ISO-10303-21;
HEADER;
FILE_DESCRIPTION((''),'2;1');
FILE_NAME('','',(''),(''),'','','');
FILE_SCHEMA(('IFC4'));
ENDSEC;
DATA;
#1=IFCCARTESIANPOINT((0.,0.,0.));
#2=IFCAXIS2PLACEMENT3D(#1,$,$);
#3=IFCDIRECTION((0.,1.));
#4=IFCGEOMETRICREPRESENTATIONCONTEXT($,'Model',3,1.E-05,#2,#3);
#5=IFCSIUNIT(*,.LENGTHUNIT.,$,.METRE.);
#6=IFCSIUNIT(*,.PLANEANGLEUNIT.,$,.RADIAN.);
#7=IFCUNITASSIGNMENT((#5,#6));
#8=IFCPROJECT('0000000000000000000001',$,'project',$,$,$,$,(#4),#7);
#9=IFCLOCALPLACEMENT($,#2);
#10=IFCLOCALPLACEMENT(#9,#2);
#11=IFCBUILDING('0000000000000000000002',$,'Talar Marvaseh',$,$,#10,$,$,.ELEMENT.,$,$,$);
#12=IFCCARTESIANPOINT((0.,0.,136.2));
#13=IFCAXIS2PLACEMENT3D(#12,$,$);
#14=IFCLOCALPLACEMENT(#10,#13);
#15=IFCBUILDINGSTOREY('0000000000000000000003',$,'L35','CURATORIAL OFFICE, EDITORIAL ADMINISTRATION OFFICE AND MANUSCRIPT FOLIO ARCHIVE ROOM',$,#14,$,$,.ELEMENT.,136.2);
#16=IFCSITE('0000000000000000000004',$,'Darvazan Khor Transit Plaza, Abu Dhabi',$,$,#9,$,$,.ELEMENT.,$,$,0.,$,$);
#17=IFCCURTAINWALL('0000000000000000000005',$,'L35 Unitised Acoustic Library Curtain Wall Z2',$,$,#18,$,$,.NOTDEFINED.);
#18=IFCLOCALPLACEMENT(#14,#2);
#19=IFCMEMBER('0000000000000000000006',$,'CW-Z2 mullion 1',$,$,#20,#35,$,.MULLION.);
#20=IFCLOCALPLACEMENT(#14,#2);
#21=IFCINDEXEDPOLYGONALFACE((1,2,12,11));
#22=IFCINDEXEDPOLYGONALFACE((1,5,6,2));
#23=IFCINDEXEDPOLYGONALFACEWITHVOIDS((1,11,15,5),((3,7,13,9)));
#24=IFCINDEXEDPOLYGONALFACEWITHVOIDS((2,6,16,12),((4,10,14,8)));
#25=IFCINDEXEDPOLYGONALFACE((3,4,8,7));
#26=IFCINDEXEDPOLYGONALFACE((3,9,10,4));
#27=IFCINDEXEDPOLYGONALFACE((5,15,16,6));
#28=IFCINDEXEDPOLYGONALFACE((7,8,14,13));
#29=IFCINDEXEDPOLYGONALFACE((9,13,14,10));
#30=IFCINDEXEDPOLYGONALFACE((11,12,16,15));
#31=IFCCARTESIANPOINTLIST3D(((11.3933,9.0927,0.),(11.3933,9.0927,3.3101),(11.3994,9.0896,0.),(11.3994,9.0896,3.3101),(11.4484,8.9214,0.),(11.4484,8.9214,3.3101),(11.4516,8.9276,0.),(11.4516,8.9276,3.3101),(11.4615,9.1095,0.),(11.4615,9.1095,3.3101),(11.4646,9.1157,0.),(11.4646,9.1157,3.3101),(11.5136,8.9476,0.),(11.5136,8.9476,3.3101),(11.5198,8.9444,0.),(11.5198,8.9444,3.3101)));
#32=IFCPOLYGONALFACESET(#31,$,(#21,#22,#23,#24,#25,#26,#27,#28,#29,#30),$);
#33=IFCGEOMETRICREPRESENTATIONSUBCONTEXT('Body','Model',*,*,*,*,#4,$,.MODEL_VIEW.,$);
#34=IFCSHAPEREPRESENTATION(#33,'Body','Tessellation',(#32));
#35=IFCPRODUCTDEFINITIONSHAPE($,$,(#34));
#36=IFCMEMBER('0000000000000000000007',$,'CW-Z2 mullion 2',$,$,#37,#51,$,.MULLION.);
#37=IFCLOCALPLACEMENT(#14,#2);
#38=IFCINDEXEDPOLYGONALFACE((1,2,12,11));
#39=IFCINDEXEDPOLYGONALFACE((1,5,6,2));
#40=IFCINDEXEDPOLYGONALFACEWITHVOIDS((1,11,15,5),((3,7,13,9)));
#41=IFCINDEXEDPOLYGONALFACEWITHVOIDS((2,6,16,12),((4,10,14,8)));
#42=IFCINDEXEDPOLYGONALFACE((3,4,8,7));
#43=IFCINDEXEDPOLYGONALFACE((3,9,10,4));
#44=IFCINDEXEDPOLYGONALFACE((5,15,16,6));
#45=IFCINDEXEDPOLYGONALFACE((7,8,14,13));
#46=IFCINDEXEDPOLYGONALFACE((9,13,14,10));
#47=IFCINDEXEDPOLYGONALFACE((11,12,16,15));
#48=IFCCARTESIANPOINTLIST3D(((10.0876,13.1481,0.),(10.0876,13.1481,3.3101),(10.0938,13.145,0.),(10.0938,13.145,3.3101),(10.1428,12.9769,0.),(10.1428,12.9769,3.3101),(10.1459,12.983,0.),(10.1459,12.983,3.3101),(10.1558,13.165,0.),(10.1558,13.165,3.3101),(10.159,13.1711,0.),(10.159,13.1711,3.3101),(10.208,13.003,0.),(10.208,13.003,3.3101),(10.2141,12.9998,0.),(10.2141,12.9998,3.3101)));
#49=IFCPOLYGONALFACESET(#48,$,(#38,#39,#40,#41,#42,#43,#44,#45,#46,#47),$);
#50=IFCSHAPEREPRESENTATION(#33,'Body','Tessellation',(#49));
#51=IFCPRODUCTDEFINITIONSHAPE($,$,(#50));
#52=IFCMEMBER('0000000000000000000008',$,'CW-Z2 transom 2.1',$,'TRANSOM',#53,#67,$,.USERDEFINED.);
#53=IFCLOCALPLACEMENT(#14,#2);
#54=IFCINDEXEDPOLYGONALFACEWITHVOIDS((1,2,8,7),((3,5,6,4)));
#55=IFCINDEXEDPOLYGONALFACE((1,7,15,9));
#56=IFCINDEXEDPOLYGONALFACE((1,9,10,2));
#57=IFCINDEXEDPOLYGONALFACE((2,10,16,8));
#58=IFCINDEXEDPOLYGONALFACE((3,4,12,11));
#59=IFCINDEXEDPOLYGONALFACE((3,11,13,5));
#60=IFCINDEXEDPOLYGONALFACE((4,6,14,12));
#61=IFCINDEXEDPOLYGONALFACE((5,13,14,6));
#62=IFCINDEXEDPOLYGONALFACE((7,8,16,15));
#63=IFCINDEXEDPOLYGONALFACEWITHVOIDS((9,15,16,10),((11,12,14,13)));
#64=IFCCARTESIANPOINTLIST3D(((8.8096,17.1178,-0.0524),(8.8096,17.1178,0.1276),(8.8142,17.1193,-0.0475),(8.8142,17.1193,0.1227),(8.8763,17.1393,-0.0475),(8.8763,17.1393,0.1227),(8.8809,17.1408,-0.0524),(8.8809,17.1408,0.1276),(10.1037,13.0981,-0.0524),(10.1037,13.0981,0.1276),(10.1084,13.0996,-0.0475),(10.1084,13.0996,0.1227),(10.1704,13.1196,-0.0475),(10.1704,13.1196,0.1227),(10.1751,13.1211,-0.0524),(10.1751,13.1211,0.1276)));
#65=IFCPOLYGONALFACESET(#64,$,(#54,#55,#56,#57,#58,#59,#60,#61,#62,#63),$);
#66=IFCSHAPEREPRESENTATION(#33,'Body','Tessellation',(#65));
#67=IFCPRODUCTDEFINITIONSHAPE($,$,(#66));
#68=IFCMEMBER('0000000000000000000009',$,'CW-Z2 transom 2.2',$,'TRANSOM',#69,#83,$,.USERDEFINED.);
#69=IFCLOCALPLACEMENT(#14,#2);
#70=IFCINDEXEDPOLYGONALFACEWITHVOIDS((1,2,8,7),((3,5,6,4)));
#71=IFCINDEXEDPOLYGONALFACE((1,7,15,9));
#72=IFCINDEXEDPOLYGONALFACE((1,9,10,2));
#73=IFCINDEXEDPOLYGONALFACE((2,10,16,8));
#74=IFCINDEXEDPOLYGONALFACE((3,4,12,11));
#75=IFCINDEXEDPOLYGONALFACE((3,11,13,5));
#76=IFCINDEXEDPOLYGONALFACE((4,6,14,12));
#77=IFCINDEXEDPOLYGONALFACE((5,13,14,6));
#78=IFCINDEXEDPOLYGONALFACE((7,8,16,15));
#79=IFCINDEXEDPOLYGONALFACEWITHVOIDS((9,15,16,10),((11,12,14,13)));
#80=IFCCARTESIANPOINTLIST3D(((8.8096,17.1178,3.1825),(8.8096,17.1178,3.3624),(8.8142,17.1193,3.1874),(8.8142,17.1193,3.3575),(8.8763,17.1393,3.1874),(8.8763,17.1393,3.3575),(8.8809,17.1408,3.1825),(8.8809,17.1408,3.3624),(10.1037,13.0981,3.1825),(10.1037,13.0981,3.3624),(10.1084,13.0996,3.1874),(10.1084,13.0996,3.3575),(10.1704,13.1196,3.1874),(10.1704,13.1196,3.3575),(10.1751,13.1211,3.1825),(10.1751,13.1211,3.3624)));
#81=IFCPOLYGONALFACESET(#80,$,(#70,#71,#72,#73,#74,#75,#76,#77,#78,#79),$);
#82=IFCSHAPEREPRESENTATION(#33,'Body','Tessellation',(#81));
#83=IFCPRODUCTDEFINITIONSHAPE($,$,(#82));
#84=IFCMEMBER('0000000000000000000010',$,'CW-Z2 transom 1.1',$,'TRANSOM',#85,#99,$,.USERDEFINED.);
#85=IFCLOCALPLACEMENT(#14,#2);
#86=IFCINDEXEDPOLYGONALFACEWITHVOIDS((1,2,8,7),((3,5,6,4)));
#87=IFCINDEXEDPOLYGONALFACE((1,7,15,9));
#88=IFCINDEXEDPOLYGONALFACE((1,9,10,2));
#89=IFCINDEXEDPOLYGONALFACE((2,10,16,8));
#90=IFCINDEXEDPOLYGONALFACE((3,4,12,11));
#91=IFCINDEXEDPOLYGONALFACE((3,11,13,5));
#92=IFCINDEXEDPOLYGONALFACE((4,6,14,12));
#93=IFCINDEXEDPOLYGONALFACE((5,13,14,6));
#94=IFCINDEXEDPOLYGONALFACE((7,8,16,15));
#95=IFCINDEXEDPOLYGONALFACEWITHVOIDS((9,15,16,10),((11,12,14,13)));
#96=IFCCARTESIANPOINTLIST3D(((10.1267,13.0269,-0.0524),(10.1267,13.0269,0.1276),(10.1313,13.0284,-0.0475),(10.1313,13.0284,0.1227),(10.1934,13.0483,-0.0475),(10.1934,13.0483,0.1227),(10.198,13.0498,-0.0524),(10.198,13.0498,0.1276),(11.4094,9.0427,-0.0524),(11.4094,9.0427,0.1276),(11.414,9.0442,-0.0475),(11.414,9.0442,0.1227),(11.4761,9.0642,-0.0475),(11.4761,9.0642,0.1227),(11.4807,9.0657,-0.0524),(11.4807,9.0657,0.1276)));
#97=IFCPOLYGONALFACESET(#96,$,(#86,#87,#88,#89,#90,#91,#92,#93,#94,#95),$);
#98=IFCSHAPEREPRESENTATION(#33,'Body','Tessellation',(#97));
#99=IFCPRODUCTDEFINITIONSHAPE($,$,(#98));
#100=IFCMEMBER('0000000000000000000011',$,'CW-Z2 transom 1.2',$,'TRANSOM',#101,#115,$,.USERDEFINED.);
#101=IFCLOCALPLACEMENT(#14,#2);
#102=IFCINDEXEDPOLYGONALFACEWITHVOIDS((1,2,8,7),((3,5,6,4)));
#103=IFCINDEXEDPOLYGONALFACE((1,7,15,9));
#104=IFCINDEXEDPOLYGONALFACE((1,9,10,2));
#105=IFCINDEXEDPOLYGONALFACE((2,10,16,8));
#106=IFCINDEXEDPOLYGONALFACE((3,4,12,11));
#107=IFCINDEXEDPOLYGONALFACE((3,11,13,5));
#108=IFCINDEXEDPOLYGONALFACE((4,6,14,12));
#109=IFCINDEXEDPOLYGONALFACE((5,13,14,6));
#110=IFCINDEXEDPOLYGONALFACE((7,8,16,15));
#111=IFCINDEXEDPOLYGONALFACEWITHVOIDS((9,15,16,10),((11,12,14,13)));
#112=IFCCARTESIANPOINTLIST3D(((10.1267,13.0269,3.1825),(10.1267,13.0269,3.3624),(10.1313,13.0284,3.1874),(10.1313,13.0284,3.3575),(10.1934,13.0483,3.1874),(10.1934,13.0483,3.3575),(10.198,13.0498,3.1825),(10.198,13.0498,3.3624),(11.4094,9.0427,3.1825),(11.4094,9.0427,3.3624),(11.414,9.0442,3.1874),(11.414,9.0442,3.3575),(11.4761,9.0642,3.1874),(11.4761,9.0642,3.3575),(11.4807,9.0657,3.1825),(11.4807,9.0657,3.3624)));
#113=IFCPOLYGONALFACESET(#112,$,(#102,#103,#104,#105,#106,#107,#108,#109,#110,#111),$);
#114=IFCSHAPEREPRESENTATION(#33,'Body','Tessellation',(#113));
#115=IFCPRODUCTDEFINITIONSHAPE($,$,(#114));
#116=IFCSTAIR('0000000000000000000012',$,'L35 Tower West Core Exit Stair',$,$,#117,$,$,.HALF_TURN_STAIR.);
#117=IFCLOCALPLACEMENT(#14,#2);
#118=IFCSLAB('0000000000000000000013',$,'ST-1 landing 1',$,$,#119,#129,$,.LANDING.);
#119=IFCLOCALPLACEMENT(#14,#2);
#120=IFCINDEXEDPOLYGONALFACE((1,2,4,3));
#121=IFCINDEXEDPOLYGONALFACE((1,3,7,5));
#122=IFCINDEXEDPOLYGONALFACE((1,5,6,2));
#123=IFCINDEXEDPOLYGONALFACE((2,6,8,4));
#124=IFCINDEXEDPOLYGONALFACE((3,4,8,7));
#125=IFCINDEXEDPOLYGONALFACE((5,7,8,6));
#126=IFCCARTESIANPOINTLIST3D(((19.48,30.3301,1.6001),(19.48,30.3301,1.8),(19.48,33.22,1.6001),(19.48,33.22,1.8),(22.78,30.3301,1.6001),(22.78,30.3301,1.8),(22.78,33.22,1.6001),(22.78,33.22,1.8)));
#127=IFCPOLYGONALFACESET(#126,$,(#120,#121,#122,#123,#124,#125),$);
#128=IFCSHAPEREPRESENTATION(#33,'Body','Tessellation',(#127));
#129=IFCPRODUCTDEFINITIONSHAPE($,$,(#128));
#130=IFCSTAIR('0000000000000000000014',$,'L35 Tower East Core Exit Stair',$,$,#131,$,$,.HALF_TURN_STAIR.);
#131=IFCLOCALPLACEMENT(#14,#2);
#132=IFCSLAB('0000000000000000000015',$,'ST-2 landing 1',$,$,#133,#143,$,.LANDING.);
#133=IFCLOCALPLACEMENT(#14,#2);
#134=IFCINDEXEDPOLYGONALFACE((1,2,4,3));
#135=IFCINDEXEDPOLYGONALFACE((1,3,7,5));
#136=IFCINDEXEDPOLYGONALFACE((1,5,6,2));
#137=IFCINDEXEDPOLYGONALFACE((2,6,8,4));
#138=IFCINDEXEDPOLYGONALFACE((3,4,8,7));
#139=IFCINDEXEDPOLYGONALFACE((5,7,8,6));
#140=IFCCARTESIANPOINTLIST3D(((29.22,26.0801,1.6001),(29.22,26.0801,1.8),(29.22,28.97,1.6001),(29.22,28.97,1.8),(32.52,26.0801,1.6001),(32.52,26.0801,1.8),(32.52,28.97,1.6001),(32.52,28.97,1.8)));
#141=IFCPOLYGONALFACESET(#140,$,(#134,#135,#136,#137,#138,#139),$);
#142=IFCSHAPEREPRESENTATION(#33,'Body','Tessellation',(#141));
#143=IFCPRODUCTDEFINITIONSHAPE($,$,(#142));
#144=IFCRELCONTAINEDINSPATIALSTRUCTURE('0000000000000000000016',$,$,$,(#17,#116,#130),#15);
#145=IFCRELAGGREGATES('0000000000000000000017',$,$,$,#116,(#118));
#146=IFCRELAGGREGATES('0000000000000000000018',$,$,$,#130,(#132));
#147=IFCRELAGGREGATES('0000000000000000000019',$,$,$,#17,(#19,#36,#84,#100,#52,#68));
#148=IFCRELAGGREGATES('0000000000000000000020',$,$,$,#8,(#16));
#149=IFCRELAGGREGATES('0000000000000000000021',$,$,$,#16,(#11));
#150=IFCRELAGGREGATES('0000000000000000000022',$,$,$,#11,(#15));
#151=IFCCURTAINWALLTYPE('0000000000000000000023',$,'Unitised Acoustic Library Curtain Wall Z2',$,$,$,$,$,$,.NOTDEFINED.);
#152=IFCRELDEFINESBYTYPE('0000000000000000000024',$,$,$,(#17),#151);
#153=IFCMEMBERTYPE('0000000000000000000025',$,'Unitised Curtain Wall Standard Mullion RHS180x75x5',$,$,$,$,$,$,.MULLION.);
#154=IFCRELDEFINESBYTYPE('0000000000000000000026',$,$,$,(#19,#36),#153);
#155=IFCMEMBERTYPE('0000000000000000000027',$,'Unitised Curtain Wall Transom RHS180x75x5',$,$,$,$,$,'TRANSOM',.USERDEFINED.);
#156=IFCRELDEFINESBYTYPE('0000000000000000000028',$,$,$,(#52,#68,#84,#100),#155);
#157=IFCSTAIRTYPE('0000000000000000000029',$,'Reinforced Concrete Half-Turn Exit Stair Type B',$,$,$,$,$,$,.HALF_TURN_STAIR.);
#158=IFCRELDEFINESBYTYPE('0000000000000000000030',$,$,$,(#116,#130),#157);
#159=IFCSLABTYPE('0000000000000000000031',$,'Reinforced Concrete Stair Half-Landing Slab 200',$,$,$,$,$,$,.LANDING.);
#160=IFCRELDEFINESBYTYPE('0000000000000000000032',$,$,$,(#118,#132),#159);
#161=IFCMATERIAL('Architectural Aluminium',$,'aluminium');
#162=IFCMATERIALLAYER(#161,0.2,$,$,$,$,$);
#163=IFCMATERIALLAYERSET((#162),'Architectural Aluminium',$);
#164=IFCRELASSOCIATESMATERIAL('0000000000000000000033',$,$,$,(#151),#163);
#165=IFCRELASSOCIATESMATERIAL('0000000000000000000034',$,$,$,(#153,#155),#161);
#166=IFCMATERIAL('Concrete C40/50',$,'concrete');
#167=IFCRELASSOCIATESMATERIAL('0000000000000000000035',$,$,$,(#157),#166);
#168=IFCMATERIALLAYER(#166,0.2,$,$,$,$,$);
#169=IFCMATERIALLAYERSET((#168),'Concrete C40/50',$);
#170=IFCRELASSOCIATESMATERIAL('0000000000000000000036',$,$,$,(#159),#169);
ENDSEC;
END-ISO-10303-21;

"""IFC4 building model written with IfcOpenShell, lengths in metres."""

from ifc_helpers import new_model, si_unit, direction, frame, origin, origin_2d, place, context, subcontext, project, spatial, polyline, hollow_rectangle, outline, extrude, source, transform, mapped, material, layer, layer_set, material_profile, profile_set, type_object, type_shapes, element, aggregate, save


model = new_model("IFC4")

# Units and contexts
model_context = context("Model", 3, precision=1e-05, world=origin(), true_north=direction((0.0, 1.0)))
body_context = subcontext(model_context, "Body", "Model", "MODEL_VIEW")
ifc_project = project(units=[si_unit("LENGTHUNIT", "METRE"), si_unit("PLANEANGLEUNIT", "RADIAN")], contexts=[model_context])

# Site, building, storey
site_placement = place(None, origin())
site = spatial("IfcSite", under=ifc_project, at=site_placement, Name="Darvazan Khor Transit Plaza, Abu Dhabi", CompositionType="ELEMENT", RefElevation=0.0)
building_placement = place(site_placement, origin())
building = spatial("IfcBuilding", under=site, at=building_placement, Name="Talar Marvaseh", CompositionType="ELEMENT")
storey_placement = place(building_placement, frame((0.0, 0.0, 136.2)))
storey = spatial("IfcBuildingStorey", under=building, at=storey_placement, Name="L35", Description="CURATORIAL OFFICE, EDITORIAL ADMINISTRATION OFFICE AND MANUSCRIPT FOLIO ARCHIVE ROOM", CompositionType="ELEMENT", Elevation=136.2)

# Curtain wall, members
ifc_material_1 = material(Name="Architectural Aluminium", Category="aluminium")
ifc_layer_1 = layer(ifc_material_1, 0.2)
ifc_layer_set_1 = layer_set([ifc_layer_1], Name="Architectural Aluminium")
curtain_wall_type = type_object("IfcCurtainWallType", Name="Unitised Acoustic Library Curtain Wall Z2", PredefinedType="NOTDEFINED", material=ifc_layer_set_1)
curtain_wall_placement = place(storey_placement, origin())
curtain_wall = element("IfcCurtainWall", 1, at=curtain_wall_placement, inside=storey, type_object=curtain_wall_type, Name="L35 Unitised Acoustic Library Curtain Wall Z2", PredefinedType="NOTDEFINED")
ifc_material_profile_1 = material_profile(ifc_material_1, hollow_rectangle(XDim=0.075, YDim=0.1799, WallThickness=0.0049, at=origin_2d()), Name="RHS180x75x5")
ifc_profile_set_1 = profile_set([ifc_material_profile_1], Name="Architectural Aluminium")
member_type_1 = type_object("IfcMemberType", Name="Unitised Curtain Wall Standard Mullion RHS180x75x5", PredefinedType="MULLION", material=ifc_profile_set_1)
shared_shape_1 = source(origin(), body_context, "Body", "SweptSolid", [
    extrude(hollow_rectangle(XDim=0.075, YDim=0.1799, WallThickness=0.0049, at=origin_2d()), origin(), (0.0, 0.0, 1.0), 3.3101),
])
type_shapes(member_type_1, [shared_shape_1])
member_1_placement = place(storey_placement, frame((11.4565, 9.0186, 0.0), z_axis=(0.0, 0.0, 1.0), x_axis=(-0.951882, -0.306463, 0.0)))
member_1 = element("IfcMember", 2, at=member_1_placement, type_object=member_type_1, Name="CW-Z2 mullion 1", PredefinedType="MULLION", context=body_context, shape_type="MappedRepresentation", body=[
    mapped(shared_shape_1, transform((0.0, 0.0, 0.0), x_axis=(1.0, 0.0, 0.0), y_axis=(0.0, 1.0, 0.0), z_axis=(0.0, 0.0, 1.0), scale=1.0)),
])
member_2_placement = place(storey_placement, frame((10.1509, 13.074, 0.0), z_axis=(0.0, 0.0, 1.0), x_axis=(-0.951882, -0.306463, 0.0)))
member_2 = element("IfcMember", 3, at=member_2_placement, type_object=member_type_1, Name="CW-Z2 mullion 2", PredefinedType="MULLION", context=body_context, shape_type="MappedRepresentation", body=[
    mapped(shared_shape_1, transform((0.0, 0.0, 0.0), x_axis=(1.0, 0.0, 0.0), y_axis=(0.0, 1.0, 0.0), z_axis=(0.0, 0.0, 1.0), scale=1.0)),
])
ifc_material_profile_2 = material_profile(ifc_material_1, hollow_rectangle(XDim=0.075, YDim=0.1799, WallThickness=0.0049, at=origin_2d()), Name="RHS180x75x5")
ifc_profile_set_2 = profile_set([ifc_material_profile_2], Name="Architectural Aluminium")
member_type_2 = type_object("IfcMemberType", Name="Unitised Curtain Wall Transom RHS180x75x5", ElementType="TRANSOM", PredefinedType="USERDEFINED", material=ifc_profile_set_2)
shared_shape_2 = source(origin(), body_context, "Body", "SweptSolid", [
    extrude(hollow_rectangle(XDim=0.075, YDim=0.1799, WallThickness=0.0049, at=origin_2d()), origin(), (0.0, 0.0, 1.0), 4.2229),
])
member_3_placement = place(storey_placement, frame((10.1394, 13.1096, 0.0376), z_axis=(-0.306464, 0.951882, 0.0), x_axis=(-0.951882, -0.306464, 0.0)))
member_3 = element("IfcMember", 4, at=member_3_placement, type_object=member_type_2, Name="CW-Z2 transom 2.1", ObjectType="TRANSOM", PredefinedType="USERDEFINED", context=body_context, shape_type="MappedRepresentation", body=[
    mapped(shared_shape_2, transform((0.0, 0.0, 0.0), x_axis=(1.0, 0.0, 0.0), y_axis=(0.0, 1.0, 0.0), z_axis=(0.0, 0.0, 1.0), scale=1.0)),
])
member_4_placement = place(storey_placement, frame((10.1394, 13.1096, 3.2725), z_axis=(-0.306464, 0.951882, 0.0), x_axis=(-0.951882, -0.306464, 0.0)))
member_4 = element("IfcMember", 5, at=member_4_placement, type_object=member_type_2, Name="CW-Z2 transom 2.2", ObjectType="TRANSOM", PredefinedType="USERDEFINED", context=body_context, shape_type="MappedRepresentation", body=[
    mapped(shared_shape_2, transform((0.0, 0.0, 0.0), x_axis=(1.0, 0.0, 0.0), y_axis=(0.0, 1.0, 0.0), z_axis=(0.0, 0.0, 1.0), scale=1.0)),
])
shared_shape_3 = source(origin(), body_context, "Body", "SweptSolid", [
    extrude(hollow_rectangle(XDim=0.075, YDim=0.1799, WallThickness=0.0049, at=origin_2d()), origin(), (0.0, 0.0, 1.0), 4.1855),
])
type_shapes(member_type_2, [shared_shape_2, shared_shape_3])
member_5_placement = place(storey_placement, frame((11.4451, 9.0542, 0.0376), z_axis=(-0.306464, 0.951882, 0.0), x_axis=(-0.951882, -0.306464, 0.0)))
member_5 = element("IfcMember", 6, at=member_5_placement, type_object=member_type_2, Name="CW-Z2 transom 1.1", ObjectType="TRANSOM", PredefinedType="USERDEFINED", context=body_context, shape_type="MappedRepresentation", body=[
    mapped(shared_shape_3, transform((0.0, 0.0, 0.0), x_axis=(1.0, 0.0, 0.0), y_axis=(0.0, 1.0, 0.0), z_axis=(0.0, 0.0, 1.0), scale=1.0)),
])
member_6_placement = place(storey_placement, frame((11.4451, 9.0542, 3.2725), z_axis=(-0.306464, 0.951882, 0.0), x_axis=(-0.951882, -0.306464, 0.0)))
member_6 = element("IfcMember", 7, at=member_6_placement, type_object=member_type_2, Name="CW-Z2 transom 1.2", ObjectType="TRANSOM", PredefinedType="USERDEFINED", context=body_context, shape_type="MappedRepresentation", body=[
    mapped(shared_shape_3, transform((0.0, 0.0, 0.0), x_axis=(1.0, 0.0, 0.0), y_axis=(0.0, 1.0, 0.0), z_axis=(0.0, 0.0, 1.0), scale=1.0)),
])

# Stairs, slabs
ifc_material_2 = material(Name="Concrete C40/50", Category="concrete")
stair_type = type_object("IfcStairType", Name="Reinforced Concrete Half-Turn Exit Stair Type B", PredefinedType="HALF_TURN_STAIR", material=ifc_material_2)
stair_1_placement = place(storey_placement, origin())
stair_1 = element("IfcStair", 8, at=stair_1_placement, inside=storey, type_object=stair_type, Name="L35 Tower West Core Exit Stair", PredefinedType="HALF_TURN_STAIR")
ifc_layer_2 = layer(ifc_material_2, 0.2)
ifc_layer_set_2 = layer_set([ifc_layer_2], Name="Concrete C40/50")
slab_type_1 = type_object("IfcSlabType", Name="Reinforced Concrete Stair Half-Landing Slab 200", PredefinedType="LANDING", material=ifc_layer_set_2)
slab_1_placement = place(storey_placement, frame((0.0, 0.0, 1.6001)))
slab_1 = element("IfcSlab", 9, at=slab_1_placement, type_object=slab_type_1, Name="ST-1 landing 1", PredefinedType="LANDING", context=body_context, shape_type="SweptSolid", body=[
    extrude(outline(polyline([(22.78, 30.3301), (22.78, 33.22), (19.48, 33.22), (19.48, 30.3301), (22.78, 30.3301)])), origin(), (0.0, 0.0, 1.0), 0.2),
])
aggregate(stair_1, [slab_1])
stair_2_placement = place(storey_placement, origin())
stair_2 = element("IfcStair", 10, at=stair_2_placement, inside=storey, type_object=stair_type, Name="L35 Tower East Core Exit Stair", PredefinedType="HALF_TURN_STAIR")
slab_2_placement = place(storey_placement, frame((0.0, 0.0, 1.6001)))
slab_2 = element("IfcSlab", 11, at=slab_2_placement, type_object=slab_type_1, Name="ST-2 landing 1", PredefinedType="LANDING", context=body_context, shape_type="SweptSolid", body=[
    extrude(outline(polyline([(29.22, 28.97), (29.22, 26.0801), (32.52, 26.0801), (32.52, 28.97), (29.22, 28.97)])), origin(), (0.0, 0.0, 1.0), 0.2),
])
aggregate(stair_2, [slab_2])

aggregate(curtain_wall, [member_1, member_2, member_5, member_6, member_3, member_4])

save(model, "model.ifc")
